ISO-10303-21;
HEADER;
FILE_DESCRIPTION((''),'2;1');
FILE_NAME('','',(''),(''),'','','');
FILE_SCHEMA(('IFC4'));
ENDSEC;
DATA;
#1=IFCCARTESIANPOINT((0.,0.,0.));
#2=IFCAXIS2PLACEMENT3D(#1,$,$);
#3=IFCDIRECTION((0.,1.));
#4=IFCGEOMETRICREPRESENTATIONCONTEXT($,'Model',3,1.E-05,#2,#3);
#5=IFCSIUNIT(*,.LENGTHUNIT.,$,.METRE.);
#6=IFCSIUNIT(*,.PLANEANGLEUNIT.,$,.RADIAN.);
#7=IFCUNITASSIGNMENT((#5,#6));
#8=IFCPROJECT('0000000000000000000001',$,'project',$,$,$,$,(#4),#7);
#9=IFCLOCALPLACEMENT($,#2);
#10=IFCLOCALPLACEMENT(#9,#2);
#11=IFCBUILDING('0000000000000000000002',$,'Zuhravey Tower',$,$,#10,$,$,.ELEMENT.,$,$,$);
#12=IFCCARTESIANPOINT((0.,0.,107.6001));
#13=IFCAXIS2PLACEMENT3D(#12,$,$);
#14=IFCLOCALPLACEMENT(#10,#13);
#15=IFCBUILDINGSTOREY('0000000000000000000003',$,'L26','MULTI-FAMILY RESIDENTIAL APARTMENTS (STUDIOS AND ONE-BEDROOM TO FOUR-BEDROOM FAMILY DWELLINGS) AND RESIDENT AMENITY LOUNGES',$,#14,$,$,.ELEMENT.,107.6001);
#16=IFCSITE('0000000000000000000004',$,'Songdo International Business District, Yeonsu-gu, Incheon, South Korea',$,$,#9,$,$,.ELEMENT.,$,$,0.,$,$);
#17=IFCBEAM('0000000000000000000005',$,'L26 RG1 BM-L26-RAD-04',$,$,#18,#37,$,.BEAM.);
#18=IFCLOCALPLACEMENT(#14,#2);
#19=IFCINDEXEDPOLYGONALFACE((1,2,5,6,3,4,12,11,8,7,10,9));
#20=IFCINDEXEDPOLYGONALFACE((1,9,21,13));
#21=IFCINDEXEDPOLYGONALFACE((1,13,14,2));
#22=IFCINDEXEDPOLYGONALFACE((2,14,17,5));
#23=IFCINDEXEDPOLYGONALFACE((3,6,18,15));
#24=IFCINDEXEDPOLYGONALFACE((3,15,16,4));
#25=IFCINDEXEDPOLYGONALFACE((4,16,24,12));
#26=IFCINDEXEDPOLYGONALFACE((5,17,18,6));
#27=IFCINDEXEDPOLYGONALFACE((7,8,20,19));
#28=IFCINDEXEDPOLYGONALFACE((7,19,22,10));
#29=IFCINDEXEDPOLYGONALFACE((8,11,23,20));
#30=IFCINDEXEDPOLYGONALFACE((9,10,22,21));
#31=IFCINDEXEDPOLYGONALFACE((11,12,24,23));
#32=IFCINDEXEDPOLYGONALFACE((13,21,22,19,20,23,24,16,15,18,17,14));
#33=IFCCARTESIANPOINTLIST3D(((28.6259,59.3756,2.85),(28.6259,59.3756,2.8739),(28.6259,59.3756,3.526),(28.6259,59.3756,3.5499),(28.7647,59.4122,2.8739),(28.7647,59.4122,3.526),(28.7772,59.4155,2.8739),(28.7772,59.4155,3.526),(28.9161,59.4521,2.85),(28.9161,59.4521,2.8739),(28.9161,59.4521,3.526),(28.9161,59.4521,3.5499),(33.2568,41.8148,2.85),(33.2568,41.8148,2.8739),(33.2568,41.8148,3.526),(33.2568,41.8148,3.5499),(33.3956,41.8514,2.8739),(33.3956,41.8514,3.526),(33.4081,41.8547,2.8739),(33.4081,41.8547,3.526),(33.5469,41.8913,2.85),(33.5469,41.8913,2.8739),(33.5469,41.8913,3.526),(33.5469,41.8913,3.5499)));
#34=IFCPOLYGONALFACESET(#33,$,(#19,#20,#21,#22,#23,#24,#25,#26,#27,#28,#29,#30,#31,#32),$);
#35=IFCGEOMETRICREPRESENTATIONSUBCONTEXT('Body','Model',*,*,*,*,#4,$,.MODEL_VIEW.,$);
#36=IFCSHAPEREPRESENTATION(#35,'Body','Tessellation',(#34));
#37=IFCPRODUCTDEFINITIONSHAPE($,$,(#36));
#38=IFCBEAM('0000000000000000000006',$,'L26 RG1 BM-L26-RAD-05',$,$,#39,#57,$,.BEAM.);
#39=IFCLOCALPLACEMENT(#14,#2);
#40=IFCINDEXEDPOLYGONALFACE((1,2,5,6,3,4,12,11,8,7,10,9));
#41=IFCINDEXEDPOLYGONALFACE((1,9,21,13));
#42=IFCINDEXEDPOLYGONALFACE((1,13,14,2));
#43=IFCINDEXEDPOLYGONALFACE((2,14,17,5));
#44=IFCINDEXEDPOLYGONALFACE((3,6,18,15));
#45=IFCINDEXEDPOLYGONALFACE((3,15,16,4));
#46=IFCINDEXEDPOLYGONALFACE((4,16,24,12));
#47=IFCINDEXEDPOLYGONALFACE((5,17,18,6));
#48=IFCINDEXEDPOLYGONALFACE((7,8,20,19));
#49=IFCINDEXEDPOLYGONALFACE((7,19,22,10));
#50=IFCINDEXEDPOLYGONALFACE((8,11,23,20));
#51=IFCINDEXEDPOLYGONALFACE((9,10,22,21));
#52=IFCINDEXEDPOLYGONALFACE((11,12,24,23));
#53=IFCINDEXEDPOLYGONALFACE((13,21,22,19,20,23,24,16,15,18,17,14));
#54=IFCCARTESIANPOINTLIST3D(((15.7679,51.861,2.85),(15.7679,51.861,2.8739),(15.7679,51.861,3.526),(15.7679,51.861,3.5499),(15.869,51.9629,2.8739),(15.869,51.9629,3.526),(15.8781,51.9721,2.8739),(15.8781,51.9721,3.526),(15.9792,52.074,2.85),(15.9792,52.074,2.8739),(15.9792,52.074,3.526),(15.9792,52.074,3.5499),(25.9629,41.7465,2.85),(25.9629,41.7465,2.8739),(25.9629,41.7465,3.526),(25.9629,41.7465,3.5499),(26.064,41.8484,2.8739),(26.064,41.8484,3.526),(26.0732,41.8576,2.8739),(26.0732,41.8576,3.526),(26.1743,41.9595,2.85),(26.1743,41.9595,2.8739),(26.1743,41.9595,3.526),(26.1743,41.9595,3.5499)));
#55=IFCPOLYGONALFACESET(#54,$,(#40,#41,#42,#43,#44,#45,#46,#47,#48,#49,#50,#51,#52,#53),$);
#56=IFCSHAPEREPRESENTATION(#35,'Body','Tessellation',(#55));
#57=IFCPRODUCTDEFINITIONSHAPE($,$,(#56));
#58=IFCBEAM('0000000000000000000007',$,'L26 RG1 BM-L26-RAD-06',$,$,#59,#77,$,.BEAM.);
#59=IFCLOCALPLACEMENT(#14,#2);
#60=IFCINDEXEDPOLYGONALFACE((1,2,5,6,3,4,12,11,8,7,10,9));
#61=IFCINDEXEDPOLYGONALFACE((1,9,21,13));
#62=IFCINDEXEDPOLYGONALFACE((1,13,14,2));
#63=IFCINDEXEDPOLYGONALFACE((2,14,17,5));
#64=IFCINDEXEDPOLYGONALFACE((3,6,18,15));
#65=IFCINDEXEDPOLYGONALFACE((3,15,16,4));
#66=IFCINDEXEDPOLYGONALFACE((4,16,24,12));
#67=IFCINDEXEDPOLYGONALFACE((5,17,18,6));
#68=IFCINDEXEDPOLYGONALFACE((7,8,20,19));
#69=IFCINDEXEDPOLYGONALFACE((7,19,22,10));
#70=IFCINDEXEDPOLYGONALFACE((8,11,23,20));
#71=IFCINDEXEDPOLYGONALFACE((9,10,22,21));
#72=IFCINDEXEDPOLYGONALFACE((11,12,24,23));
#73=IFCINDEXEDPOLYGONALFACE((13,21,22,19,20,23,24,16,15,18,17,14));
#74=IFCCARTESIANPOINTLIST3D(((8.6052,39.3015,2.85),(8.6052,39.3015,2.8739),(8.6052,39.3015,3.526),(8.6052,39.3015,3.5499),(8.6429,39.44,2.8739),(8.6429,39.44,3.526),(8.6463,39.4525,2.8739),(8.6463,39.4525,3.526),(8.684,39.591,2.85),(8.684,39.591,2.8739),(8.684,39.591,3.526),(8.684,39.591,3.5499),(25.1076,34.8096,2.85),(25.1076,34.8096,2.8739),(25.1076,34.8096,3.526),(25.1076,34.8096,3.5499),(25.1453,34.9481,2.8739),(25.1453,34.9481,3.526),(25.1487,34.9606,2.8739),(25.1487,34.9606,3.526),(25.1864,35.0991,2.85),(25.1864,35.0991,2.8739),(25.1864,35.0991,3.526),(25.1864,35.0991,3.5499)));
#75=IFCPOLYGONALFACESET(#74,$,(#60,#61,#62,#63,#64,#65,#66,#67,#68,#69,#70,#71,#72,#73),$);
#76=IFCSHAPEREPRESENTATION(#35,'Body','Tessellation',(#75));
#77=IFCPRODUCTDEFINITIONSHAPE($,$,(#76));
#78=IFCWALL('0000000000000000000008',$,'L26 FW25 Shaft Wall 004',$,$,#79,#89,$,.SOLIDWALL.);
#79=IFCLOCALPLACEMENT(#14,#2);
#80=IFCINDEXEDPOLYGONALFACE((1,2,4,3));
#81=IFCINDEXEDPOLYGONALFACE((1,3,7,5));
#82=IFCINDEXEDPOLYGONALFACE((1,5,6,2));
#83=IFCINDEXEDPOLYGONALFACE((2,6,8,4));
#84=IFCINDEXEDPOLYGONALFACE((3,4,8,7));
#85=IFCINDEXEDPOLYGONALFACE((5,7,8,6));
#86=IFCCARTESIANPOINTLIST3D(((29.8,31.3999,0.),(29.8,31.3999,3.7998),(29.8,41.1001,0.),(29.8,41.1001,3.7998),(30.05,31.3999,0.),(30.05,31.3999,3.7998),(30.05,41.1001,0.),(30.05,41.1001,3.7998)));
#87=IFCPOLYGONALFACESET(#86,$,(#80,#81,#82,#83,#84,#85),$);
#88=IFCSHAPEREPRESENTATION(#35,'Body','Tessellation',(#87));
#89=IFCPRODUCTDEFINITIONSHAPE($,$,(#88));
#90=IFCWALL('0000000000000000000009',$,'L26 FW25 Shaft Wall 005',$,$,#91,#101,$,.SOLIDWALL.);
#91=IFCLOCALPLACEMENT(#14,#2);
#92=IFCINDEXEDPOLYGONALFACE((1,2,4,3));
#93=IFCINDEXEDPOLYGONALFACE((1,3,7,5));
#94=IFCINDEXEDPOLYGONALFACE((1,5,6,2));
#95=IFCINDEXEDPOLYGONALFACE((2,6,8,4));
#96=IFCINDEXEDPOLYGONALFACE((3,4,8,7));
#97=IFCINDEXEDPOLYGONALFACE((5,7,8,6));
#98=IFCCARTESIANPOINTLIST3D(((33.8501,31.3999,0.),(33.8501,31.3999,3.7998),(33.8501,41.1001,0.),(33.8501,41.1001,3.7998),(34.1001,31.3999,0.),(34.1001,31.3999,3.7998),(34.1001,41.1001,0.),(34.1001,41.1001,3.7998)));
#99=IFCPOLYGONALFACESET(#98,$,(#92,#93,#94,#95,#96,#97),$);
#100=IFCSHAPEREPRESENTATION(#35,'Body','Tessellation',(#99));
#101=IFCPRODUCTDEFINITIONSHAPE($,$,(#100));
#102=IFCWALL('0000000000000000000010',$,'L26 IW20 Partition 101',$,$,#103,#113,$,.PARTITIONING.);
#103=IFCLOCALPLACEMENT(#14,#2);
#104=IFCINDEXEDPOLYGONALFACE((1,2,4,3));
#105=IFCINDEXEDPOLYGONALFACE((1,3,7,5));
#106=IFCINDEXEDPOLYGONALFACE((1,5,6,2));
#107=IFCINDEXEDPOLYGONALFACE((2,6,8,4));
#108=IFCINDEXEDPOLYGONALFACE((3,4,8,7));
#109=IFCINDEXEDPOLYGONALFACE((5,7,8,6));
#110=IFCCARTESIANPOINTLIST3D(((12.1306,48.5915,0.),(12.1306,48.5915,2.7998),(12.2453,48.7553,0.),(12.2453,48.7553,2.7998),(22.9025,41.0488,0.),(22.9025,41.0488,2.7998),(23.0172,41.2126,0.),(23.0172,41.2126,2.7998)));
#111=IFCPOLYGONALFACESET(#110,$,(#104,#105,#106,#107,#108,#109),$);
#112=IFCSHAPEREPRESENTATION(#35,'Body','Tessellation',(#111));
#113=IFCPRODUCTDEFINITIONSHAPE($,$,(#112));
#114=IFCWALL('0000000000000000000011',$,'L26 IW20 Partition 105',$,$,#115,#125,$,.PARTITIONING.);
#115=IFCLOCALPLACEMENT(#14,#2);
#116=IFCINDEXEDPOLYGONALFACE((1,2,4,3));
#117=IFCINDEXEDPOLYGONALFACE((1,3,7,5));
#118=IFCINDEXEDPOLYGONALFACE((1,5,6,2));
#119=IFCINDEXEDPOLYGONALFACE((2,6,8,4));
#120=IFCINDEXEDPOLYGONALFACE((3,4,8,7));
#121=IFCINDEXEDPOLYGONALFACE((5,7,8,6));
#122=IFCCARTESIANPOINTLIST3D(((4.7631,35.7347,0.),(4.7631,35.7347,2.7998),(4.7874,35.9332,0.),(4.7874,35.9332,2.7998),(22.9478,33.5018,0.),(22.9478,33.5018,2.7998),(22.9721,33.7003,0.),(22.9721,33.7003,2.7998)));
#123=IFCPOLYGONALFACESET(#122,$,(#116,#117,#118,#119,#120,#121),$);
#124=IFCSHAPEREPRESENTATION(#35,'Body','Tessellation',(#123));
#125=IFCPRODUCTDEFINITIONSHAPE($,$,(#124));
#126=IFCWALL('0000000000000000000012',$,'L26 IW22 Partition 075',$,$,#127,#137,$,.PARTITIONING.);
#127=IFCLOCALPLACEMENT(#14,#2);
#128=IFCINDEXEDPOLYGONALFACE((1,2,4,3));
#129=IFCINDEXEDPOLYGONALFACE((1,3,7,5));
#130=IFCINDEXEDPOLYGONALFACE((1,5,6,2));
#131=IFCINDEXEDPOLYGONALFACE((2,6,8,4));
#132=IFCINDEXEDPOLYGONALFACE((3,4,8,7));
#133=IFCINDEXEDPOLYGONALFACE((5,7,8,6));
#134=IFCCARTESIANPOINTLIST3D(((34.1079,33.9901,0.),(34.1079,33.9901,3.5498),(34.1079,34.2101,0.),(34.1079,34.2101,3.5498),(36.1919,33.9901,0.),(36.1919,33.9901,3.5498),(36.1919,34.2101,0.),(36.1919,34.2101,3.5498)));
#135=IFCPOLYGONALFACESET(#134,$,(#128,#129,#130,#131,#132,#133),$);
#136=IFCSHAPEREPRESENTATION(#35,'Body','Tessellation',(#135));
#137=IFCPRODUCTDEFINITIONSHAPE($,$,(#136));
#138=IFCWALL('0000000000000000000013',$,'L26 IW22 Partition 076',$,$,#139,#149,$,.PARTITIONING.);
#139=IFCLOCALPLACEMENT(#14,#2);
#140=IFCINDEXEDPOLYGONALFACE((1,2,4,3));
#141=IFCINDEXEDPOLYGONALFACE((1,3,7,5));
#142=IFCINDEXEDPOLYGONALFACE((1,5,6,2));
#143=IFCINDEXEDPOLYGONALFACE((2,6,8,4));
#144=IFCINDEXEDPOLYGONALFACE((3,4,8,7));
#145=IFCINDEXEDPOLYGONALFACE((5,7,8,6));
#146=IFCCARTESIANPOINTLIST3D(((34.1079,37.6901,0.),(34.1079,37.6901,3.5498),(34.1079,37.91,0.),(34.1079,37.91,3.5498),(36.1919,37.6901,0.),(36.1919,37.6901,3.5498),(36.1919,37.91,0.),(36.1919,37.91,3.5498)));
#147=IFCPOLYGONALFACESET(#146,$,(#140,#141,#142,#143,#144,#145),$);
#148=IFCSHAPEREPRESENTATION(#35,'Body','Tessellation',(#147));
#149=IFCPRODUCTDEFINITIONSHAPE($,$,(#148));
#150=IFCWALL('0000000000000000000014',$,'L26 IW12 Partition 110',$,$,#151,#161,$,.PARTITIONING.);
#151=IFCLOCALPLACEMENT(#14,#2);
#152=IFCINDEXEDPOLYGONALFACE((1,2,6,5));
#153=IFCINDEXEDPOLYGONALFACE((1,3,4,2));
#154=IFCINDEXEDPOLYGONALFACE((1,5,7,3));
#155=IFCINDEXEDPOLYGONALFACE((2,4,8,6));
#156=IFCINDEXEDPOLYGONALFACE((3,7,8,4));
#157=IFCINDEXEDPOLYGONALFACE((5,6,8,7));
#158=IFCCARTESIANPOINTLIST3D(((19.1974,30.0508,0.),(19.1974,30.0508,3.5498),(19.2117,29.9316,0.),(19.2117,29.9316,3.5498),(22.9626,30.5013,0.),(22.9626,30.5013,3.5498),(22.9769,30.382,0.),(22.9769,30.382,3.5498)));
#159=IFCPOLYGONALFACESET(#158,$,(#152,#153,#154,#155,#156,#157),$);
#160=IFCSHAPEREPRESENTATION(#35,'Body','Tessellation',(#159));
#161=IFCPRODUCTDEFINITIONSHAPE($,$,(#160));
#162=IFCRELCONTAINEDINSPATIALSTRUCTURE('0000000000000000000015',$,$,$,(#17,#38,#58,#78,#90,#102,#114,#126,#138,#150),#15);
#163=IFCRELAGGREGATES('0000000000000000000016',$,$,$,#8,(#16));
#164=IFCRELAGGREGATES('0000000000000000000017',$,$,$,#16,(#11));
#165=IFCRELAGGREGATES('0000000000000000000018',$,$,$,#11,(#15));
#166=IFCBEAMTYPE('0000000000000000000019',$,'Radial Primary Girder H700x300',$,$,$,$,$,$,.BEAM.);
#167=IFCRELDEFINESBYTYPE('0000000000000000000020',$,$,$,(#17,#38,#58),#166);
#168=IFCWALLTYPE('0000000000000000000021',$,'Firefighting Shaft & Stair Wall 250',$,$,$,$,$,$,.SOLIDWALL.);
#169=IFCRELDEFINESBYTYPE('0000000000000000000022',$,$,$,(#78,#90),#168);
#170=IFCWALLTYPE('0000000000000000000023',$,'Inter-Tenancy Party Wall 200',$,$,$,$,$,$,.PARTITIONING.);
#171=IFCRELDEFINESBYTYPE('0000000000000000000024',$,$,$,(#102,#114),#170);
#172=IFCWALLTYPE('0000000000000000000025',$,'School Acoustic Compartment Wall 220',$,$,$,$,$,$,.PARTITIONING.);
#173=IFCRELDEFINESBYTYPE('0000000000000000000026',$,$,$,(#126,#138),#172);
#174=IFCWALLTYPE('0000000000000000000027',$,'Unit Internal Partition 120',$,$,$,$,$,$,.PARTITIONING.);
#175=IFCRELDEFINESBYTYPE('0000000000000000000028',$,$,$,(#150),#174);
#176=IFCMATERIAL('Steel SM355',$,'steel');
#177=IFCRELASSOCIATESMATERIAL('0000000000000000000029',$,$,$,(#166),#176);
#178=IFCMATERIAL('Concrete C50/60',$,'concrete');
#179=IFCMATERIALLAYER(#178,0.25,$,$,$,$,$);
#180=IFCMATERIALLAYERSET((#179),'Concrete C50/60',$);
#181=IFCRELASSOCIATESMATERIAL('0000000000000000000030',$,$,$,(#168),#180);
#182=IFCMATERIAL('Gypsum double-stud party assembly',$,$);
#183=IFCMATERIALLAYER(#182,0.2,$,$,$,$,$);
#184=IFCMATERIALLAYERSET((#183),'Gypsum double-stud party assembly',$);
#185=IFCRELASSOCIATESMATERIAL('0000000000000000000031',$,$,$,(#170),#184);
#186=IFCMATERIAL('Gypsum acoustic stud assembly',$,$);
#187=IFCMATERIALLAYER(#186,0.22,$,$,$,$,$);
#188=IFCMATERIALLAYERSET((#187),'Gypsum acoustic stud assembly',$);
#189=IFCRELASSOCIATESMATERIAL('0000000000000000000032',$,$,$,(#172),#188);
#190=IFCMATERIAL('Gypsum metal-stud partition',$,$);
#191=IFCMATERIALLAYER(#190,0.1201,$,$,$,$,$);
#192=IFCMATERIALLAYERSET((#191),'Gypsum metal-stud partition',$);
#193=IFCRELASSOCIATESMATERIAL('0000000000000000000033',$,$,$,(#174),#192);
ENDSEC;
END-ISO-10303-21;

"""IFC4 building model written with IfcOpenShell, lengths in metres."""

from ifc_helpers import new_model, si_unit, direction, frame, frame_2d, origin, origin_2d, place, context, subcontext, project, spatial, rectangle, i_section, extrude, material, layer, layer_set, material_profile, profile_set, type_object, element, save


model = new_model("IFC4")

# Units and contexts
model_context = context("Model", 3, precision=1e-05, world=origin(), true_north=direction((0.0, 1.0)))
body_context = subcontext(model_context, "Body", "Model", "MODEL_VIEW")
ifc_project = project(units=[si_unit("LENGTHUNIT", "METRE"), si_unit("PLANEANGLEUNIT", "RADIAN")], contexts=[model_context])

# Site, building, storey
site_placement = place(None, origin())
site = spatial("IfcSite", under=ifc_project, at=site_placement, Name="Songdo International Business District, Yeonsu-gu, Incheon, South Korea", CompositionType="ELEMENT", RefElevation=0.0)
building_placement = place(site_placement, origin())
building = spatial("IfcBuilding", under=site, at=building_placement, Name="Zuhravey Tower", CompositionType="ELEMENT")
storey_placement = place(building_placement, frame((0.0, 0.0, 107.6001)))
storey = spatial("IfcBuildingStorey", under=building, at=storey_placement, Name="L26", Description="MULTI-FAMILY RESIDENTIAL APARTMENTS (STUDIOS AND ONE-BEDROOM TO FOUR-BEDROOM FAMILY DWELLINGS) AND RESIDENT AMENITY LOUNGES", CompositionType="ELEMENT", Elevation=107.6001)

# Beams
ifc_material_1 = material(Name="Steel SM355", Category="steel")
ifc_material_profile = material_profile(ifc_material_1, i_section(OverallWidth=0.3, OverallDepth=0.7, WebThickness=0.0129, FlangeThickness=0.0239, at=origin_2d()), Name="H-700x300x13x24")
ifc_profile_set = profile_set([ifc_material_profile], Name="Steel SM355")
beam_type = type_object("IfcBeamType", Name="Radial Primary Girder H700x300", PredefinedType="BEAM", material=ifc_profile_set)
beam_1_placement = place(storey_placement, frame((33.4019, 41.853, 3.2), z_axis=(-0.254988, 0.966944, 0.0), x_axis=(-0.966944, -0.254988, 0.0)))
element("IfcBeam", 1, at=beam_1_placement, inside=storey, type_object=beam_type, Name="L26 RG1 BM-L26-RAD-04", PredefinedType="BEAM", context=body_context, shape_type="SweptSolid", body=[
    extrude(i_section(OverallWidth=0.3, OverallDepth=0.7, WebThickness=0.0129, FlangeThickness=0.0239, at=origin_2d()), origin(), (0.0, 0.0, 1.0), 18.1611),
])
beam_2_placement = place(storey_placement, frame((26.0686, 41.853, 3.2), z_axis=(-0.709906, 0.704296, 0.0), x_axis=(-0.704296, -0.709906, 0.0)))
element("IfcBeam", 2, at=beam_2_placement, inside=storey, type_object=beam_type, Name="L26 RG1 BM-L26-RAD-05", PredefinedType="BEAM", context=body_context, shape_type="SweptSolid", body=[
    extrude(i_section(OverallWidth=0.3, OverallDepth=0.7, WebThickness=0.0129, FlangeThickness=0.0239, at=origin_2d()), origin(), (0.0, 0.0, 1.0), 14.3611),
])
beam_3_placement = place(storey_placement, frame((25.147, 34.9543, 3.2), z_axis=(-0.964893, 0.262643, 0.0), x_axis=(-0.262643, -0.964893, 0.0)))
element("IfcBeam", 3, at=beam_3_placement, inside=storey, type_object=beam_type, Name="L26 RG1 BM-L26-RAD-06", PredefinedType="BEAM", context=body_context, shape_type="SweptSolid", body=[
    extrude(i_section(OverallWidth=0.3, OverallDepth=0.7, WebThickness=0.0129, FlangeThickness=0.0239, at=origin_2d()), origin(), (0.0, 0.0, 1.0), 17.1028),
])

# Shared definitions
ifc_material_2 = material(Name="Concrete C50/60", Category="concrete")
ifc_layer_1 = layer(ifc_material_2, 0.25)
ifc_layer_set_1 = layer_set([ifc_layer_1], Name="Concrete C50/60")
wall_type_1 = type_object("IfcWallType", Name="Firefighting Shaft & Stair Wall 250", PredefinedType="SOLIDWALL", material=ifc_layer_set_1)

# Walls
for number, where, z_axis, x_axis, name in (
    (4, (29.925, 31.3999, 0.0), (0.0, 0.0, 1.0), (0.0, 1.0, 0.0), "L26 FW25 Shaft Wall 004"),
    (5, (33.9751, 31.3999, 0.0), (0.0, 0.0, 1.0), (0.0, 1.0, 0.0), "L26 FW25 Shaft Wall 005"),
):
    element("IfcWall", number, at=place(storey_placement, frame(where, z_axis=z_axis, x_axis=x_axis)), inside=storey, type_object=wall_type_1, Name=name, PredefinedType="SOLIDWALL", context=body_context, shape_type="SweptSolid", body=[
        extrude(rectangle(XDim=9.7002, YDim=0.25, at=frame_2d((4.8501, 0.0))), origin(), (0.0, 0.0, 1.0), 3.7998),
    ])
ifc_material_3 = material(Name="Gypsum double-stud party assembly")
ifc_layer_2 = layer(ifc_material_3, 0.2)
ifc_layer_set_2 = layer_set([ifc_layer_2], Name="Gypsum double-stud party assembly")
wall_type_2 = type_object("IfcWallType", Name="Inter-Tenancy Party Wall 200", PredefinedType="PARTITIONING", material=ifc_layer_set_2)
wall_1_placement = place(storey_placement, frame((22.96, 41.1306, 0.0), z_axis=(0.0, 0.0, 1.0), x_axis=(-0.819148, 0.573582, 0.0)))
element("IfcWall", 6, at=wall_1_placement, inside=storey, type_object=wall_type_2, Name="L26 IW20 Partition 101", PredefinedType="PARTITIONING", context=body_context, shape_type="SweptSolid", body=[
    extrude(rectangle(XDim=13.1501, YDim=0.2, at=frame_2d((6.5752, 0.0))), origin(), (0.0, 0.0, 1.0), 2.7998),
])
wall_2_placement = place(storey_placement, frame((22.96, 33.6011, 0.0), z_axis=(0.0, 0.0, 1.0), x_axis=(-0.992546, 0.121874, 0.0)))
element("IfcWall", 7, at=wall_2_placement, inside=storey, type_object=wall_type_2, Name="L26 IW20 Partition 105", PredefinedType="PARTITIONING", context=body_context, shape_type="SweptSolid", body=[
    extrude(rectangle(XDim=18.3213, YDim=0.2, at=frame_2d((9.1606, 0.0))), origin(), (0.0, 0.0, 1.0), 2.7998),
])
ifc_material_4 = material(Name="Gypsum acoustic stud assembly")
ifc_layer_3 = layer(ifc_material_4, 0.22)
ifc_layer_set_3 = layer_set([ifc_layer_3], Name="Gypsum acoustic stud assembly")
wall_type_3 = type_object("IfcWallType", Name="School Acoustic Compartment Wall 220", PredefinedType="PARTITIONING", material=ifc_layer_set_3)
for number, where, z_axis, x_axis, name in (
    (8, (34.1079, 34.1001, 0.0), (0.0, 0.0, 1.0), (1.0, 0.0, 0.0), "L26 IW22 Partition 075"),
    (9, (34.1079, 37.8, 0.0), (0.0, 0.0, 1.0), (1.0, 0.0, 0.0), "L26 IW22 Partition 076"),
):
    element("IfcWall", number, at=place(storey_placement, frame(where, z_axis=z_axis, x_axis=x_axis)), inside=storey, type_object=wall_type_3, Name=name, PredefinedType="PARTITIONING", context=body_context, shape_type="SweptSolid", body=[
        extrude(rectangle(XDim=2.084, YDim=0.22, at=frame_2d((1.042, 0.0))), origin(), (0.0, 0.0, 1.0), 3.5498),
    ])
ifc_material_5 = material(Name="Gypsum metal-stud partition")
ifc_layer_4 = layer(ifc_material_5, 0.1201)
ifc_layer_set_4 = layer_set([ifc_layer_4], Name="Gypsum metal-stud partition")
wall_type_4 = type_object("IfcWallType", Name="Unit Internal Partition 120", PredefinedType="PARTITIONING", material=ifc_layer_set_4)
wall_3_placement = place(storey_placement, frame((22.9697, 30.4417, 0.0), z_axis=(0.0, 0.0, 1.0), x_axis=(-0.99292, -0.118787, 0.0)))
element("IfcWall", 10, at=wall_3_placement, inside=storey, type_object=wall_type_4, Name="L26 IW12 Partition 110", PredefinedType="PARTITIONING", context=body_context, shape_type="SweptSolid", body=[
    extrude(rectangle(XDim=3.792, YDim=0.1201, at=frame_2d((1.896, 0.0))), origin(), (0.0, 0.0, 1.0), 3.5498),
])

save(model, "model.ifc")
